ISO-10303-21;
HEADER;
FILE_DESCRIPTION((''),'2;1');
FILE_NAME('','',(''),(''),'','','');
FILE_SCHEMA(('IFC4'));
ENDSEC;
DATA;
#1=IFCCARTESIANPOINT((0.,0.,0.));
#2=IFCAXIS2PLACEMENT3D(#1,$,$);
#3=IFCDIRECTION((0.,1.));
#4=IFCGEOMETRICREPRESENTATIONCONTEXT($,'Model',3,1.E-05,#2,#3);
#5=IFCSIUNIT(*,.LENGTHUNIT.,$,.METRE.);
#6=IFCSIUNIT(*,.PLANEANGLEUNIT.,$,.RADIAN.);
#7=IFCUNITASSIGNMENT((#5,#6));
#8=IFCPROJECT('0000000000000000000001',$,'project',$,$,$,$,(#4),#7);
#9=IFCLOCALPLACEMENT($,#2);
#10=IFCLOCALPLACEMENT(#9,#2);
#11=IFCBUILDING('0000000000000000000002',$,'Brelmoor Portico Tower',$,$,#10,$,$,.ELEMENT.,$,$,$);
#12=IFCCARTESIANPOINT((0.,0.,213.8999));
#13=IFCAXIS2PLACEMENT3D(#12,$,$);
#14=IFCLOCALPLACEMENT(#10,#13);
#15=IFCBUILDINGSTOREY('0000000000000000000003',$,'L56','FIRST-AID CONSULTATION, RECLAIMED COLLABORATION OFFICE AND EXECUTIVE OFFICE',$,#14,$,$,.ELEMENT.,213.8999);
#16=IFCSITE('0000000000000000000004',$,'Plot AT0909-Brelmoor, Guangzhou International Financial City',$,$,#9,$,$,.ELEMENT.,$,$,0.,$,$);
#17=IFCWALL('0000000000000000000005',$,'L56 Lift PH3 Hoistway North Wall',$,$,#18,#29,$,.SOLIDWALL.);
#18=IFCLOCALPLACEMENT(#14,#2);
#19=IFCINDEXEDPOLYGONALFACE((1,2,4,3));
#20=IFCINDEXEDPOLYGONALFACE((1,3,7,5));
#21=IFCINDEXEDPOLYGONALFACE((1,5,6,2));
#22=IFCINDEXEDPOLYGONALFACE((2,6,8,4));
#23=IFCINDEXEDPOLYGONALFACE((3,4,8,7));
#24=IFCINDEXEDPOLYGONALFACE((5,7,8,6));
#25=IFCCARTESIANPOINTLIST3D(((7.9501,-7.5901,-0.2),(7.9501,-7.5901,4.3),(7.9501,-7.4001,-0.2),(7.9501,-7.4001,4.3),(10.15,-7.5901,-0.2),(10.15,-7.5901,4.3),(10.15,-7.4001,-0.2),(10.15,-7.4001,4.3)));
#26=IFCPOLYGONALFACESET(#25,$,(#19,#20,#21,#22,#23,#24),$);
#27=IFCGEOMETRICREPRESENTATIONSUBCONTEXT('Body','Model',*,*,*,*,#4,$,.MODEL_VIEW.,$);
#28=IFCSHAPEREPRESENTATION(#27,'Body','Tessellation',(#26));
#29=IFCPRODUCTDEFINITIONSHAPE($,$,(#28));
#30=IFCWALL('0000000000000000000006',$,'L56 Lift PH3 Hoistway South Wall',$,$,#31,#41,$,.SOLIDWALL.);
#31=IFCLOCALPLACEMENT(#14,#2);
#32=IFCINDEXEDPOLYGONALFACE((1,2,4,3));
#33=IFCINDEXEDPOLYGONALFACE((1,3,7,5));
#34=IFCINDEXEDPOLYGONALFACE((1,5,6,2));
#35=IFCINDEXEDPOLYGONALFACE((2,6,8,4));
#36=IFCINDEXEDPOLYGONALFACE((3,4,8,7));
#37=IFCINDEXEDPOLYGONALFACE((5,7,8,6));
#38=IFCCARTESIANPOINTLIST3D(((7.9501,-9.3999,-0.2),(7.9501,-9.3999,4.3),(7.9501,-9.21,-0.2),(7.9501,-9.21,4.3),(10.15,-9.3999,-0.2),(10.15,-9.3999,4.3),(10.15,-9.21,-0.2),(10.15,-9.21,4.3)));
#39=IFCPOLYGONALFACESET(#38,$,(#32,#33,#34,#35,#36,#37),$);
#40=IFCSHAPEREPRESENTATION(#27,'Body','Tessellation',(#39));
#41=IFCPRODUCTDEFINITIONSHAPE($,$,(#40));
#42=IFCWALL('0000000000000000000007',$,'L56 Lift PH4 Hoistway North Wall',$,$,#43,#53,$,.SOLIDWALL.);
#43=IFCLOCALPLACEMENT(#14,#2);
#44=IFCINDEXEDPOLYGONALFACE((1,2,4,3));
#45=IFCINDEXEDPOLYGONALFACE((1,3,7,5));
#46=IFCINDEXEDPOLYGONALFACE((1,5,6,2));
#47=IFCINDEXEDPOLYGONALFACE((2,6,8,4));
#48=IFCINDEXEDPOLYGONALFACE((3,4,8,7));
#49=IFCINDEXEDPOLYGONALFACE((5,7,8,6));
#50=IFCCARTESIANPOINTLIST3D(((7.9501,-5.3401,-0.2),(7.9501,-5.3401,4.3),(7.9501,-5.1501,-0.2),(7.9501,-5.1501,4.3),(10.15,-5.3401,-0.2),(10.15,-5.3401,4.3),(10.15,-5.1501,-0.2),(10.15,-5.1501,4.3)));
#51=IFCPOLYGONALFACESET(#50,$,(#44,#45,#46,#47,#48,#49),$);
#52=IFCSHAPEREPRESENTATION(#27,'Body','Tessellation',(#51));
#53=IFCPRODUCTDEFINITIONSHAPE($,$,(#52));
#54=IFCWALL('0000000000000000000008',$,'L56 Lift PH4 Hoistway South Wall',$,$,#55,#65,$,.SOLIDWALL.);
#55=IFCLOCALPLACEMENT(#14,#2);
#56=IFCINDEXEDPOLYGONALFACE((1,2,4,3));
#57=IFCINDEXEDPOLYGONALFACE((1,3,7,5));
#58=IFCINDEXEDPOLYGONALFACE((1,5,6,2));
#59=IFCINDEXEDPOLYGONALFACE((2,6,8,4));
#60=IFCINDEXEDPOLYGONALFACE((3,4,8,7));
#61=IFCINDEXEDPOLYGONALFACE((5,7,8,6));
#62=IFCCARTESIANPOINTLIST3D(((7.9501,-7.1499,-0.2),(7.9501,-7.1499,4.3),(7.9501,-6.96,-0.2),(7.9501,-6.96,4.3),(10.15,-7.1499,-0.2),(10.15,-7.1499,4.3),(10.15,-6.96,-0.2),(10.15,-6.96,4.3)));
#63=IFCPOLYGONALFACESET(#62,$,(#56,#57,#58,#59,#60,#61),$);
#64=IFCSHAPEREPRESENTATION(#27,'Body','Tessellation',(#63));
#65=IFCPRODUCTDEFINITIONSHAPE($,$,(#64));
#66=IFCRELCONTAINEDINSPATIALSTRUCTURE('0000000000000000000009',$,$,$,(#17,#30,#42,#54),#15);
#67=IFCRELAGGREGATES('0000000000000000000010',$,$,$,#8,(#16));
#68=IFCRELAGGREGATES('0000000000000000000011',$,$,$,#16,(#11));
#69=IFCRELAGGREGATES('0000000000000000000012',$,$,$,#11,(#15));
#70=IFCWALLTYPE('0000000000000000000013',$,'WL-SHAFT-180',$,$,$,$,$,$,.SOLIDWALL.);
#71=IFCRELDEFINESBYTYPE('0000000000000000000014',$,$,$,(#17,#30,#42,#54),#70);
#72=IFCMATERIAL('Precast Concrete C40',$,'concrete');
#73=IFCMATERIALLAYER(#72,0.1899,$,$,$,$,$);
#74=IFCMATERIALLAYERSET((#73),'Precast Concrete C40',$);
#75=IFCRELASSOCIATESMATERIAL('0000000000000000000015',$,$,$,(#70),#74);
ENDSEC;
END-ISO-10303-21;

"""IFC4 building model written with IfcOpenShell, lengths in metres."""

from ifc_helpers import new_model, si_unit, direction, frame, frame_2d, origin, place, context, subcontext, project, spatial, rectangle, extrude, material, layer, layer_set, type_object, element, save


model = new_model("IFC4")

# Units and contexts
model_context = context("Model", 3, precision=1e-05, world=origin(), true_north=direction((0.0, 1.0)))
body_context = subcontext(model_context, "Body", "Model", "MODEL_VIEW")
ifc_project = project(units=[si_unit("LENGTHUNIT", "METRE"), si_unit("PLANEANGLEUNIT", "RADIAN")], contexts=[model_context])

# Site, building, storey
site_placement = place(None, origin())
site = spatial("IfcSite", under=ifc_project, at=site_placement, Name="Plot AT0909-Brelmoor, Guangzhou International Financial City", CompositionType="ELEMENT", RefElevation=0.0)
building_placement = place(site_placement, origin())
building = spatial("IfcBuilding", under=site, at=building_placement, Name="Brelmoor Portico Tower", CompositionType="ELEMENT")
storey_placement = place(building_placement, frame((0.0, 0.0, 213.8999)))
storey = spatial("IfcBuildingStorey", under=building, at=storey_placement, Name="L56", Description="FIRST-AID CONSULTATION, RECLAIMED COLLABORATION OFFICE AND EXECUTIVE OFFICE", CompositionType="ELEMENT", Elevation=213.8999)

# Walls
ifc_material_1 = material(Name="Precast Concrete C40", Category="concrete")
ifc_layer_1 = layer(ifc_material_1, 0.1899)
ifc_layer_set_1 = layer_set([ifc_layer_1], Name="Precast Concrete C40")
wall_type_1 = type_object("IfcWallType", Name="WL-SHAFT-180", PredefinedType="SOLIDWALL", material=ifc_layer_set_1)
for number, where, z_axis, x_axis, name in (
    (1, (7.95, -7.4951, -0.2), (0.0, 0.0, 1.0), (1.0, 0.0, 0.0), "L56 Lift PH3 Hoistway North Wall"),
    (2, (7.95, -9.3049, -0.2), (0.0, 0.0, 1.0), (1.0, 0.0, 0.0), "L56 Lift PH3 Hoistway South Wall"),
    (3, (7.95, -5.2451, -0.2), (0.0, 0.0, 1.0), (1.0, 0.0, 0.0), "L56 Lift PH4 Hoistway North Wall"),
    (4, (7.95, -7.0549, -0.2), (0.0, 0.0, 1.0), (1.0, 0.0, 0.0), "L56 Lift PH4 Hoistway South Wall"),
):
    element("IfcWall", number, at=place(storey_placement, frame(where, z_axis=z_axis, x_axis=x_axis)), inside=storey, type_object=wall_type_1, Name=name, PredefinedType="SOLIDWALL", context=body_context, shape_type="SweptSolid", body=[
        extrude(rectangle(XDim=2.2, YDim=0.1899, at=frame_2d((1.1001, 0.0))), origin(), (0.0, 0.0, 1.0), 4.5),
    ])

save(model, "model.ifc")
